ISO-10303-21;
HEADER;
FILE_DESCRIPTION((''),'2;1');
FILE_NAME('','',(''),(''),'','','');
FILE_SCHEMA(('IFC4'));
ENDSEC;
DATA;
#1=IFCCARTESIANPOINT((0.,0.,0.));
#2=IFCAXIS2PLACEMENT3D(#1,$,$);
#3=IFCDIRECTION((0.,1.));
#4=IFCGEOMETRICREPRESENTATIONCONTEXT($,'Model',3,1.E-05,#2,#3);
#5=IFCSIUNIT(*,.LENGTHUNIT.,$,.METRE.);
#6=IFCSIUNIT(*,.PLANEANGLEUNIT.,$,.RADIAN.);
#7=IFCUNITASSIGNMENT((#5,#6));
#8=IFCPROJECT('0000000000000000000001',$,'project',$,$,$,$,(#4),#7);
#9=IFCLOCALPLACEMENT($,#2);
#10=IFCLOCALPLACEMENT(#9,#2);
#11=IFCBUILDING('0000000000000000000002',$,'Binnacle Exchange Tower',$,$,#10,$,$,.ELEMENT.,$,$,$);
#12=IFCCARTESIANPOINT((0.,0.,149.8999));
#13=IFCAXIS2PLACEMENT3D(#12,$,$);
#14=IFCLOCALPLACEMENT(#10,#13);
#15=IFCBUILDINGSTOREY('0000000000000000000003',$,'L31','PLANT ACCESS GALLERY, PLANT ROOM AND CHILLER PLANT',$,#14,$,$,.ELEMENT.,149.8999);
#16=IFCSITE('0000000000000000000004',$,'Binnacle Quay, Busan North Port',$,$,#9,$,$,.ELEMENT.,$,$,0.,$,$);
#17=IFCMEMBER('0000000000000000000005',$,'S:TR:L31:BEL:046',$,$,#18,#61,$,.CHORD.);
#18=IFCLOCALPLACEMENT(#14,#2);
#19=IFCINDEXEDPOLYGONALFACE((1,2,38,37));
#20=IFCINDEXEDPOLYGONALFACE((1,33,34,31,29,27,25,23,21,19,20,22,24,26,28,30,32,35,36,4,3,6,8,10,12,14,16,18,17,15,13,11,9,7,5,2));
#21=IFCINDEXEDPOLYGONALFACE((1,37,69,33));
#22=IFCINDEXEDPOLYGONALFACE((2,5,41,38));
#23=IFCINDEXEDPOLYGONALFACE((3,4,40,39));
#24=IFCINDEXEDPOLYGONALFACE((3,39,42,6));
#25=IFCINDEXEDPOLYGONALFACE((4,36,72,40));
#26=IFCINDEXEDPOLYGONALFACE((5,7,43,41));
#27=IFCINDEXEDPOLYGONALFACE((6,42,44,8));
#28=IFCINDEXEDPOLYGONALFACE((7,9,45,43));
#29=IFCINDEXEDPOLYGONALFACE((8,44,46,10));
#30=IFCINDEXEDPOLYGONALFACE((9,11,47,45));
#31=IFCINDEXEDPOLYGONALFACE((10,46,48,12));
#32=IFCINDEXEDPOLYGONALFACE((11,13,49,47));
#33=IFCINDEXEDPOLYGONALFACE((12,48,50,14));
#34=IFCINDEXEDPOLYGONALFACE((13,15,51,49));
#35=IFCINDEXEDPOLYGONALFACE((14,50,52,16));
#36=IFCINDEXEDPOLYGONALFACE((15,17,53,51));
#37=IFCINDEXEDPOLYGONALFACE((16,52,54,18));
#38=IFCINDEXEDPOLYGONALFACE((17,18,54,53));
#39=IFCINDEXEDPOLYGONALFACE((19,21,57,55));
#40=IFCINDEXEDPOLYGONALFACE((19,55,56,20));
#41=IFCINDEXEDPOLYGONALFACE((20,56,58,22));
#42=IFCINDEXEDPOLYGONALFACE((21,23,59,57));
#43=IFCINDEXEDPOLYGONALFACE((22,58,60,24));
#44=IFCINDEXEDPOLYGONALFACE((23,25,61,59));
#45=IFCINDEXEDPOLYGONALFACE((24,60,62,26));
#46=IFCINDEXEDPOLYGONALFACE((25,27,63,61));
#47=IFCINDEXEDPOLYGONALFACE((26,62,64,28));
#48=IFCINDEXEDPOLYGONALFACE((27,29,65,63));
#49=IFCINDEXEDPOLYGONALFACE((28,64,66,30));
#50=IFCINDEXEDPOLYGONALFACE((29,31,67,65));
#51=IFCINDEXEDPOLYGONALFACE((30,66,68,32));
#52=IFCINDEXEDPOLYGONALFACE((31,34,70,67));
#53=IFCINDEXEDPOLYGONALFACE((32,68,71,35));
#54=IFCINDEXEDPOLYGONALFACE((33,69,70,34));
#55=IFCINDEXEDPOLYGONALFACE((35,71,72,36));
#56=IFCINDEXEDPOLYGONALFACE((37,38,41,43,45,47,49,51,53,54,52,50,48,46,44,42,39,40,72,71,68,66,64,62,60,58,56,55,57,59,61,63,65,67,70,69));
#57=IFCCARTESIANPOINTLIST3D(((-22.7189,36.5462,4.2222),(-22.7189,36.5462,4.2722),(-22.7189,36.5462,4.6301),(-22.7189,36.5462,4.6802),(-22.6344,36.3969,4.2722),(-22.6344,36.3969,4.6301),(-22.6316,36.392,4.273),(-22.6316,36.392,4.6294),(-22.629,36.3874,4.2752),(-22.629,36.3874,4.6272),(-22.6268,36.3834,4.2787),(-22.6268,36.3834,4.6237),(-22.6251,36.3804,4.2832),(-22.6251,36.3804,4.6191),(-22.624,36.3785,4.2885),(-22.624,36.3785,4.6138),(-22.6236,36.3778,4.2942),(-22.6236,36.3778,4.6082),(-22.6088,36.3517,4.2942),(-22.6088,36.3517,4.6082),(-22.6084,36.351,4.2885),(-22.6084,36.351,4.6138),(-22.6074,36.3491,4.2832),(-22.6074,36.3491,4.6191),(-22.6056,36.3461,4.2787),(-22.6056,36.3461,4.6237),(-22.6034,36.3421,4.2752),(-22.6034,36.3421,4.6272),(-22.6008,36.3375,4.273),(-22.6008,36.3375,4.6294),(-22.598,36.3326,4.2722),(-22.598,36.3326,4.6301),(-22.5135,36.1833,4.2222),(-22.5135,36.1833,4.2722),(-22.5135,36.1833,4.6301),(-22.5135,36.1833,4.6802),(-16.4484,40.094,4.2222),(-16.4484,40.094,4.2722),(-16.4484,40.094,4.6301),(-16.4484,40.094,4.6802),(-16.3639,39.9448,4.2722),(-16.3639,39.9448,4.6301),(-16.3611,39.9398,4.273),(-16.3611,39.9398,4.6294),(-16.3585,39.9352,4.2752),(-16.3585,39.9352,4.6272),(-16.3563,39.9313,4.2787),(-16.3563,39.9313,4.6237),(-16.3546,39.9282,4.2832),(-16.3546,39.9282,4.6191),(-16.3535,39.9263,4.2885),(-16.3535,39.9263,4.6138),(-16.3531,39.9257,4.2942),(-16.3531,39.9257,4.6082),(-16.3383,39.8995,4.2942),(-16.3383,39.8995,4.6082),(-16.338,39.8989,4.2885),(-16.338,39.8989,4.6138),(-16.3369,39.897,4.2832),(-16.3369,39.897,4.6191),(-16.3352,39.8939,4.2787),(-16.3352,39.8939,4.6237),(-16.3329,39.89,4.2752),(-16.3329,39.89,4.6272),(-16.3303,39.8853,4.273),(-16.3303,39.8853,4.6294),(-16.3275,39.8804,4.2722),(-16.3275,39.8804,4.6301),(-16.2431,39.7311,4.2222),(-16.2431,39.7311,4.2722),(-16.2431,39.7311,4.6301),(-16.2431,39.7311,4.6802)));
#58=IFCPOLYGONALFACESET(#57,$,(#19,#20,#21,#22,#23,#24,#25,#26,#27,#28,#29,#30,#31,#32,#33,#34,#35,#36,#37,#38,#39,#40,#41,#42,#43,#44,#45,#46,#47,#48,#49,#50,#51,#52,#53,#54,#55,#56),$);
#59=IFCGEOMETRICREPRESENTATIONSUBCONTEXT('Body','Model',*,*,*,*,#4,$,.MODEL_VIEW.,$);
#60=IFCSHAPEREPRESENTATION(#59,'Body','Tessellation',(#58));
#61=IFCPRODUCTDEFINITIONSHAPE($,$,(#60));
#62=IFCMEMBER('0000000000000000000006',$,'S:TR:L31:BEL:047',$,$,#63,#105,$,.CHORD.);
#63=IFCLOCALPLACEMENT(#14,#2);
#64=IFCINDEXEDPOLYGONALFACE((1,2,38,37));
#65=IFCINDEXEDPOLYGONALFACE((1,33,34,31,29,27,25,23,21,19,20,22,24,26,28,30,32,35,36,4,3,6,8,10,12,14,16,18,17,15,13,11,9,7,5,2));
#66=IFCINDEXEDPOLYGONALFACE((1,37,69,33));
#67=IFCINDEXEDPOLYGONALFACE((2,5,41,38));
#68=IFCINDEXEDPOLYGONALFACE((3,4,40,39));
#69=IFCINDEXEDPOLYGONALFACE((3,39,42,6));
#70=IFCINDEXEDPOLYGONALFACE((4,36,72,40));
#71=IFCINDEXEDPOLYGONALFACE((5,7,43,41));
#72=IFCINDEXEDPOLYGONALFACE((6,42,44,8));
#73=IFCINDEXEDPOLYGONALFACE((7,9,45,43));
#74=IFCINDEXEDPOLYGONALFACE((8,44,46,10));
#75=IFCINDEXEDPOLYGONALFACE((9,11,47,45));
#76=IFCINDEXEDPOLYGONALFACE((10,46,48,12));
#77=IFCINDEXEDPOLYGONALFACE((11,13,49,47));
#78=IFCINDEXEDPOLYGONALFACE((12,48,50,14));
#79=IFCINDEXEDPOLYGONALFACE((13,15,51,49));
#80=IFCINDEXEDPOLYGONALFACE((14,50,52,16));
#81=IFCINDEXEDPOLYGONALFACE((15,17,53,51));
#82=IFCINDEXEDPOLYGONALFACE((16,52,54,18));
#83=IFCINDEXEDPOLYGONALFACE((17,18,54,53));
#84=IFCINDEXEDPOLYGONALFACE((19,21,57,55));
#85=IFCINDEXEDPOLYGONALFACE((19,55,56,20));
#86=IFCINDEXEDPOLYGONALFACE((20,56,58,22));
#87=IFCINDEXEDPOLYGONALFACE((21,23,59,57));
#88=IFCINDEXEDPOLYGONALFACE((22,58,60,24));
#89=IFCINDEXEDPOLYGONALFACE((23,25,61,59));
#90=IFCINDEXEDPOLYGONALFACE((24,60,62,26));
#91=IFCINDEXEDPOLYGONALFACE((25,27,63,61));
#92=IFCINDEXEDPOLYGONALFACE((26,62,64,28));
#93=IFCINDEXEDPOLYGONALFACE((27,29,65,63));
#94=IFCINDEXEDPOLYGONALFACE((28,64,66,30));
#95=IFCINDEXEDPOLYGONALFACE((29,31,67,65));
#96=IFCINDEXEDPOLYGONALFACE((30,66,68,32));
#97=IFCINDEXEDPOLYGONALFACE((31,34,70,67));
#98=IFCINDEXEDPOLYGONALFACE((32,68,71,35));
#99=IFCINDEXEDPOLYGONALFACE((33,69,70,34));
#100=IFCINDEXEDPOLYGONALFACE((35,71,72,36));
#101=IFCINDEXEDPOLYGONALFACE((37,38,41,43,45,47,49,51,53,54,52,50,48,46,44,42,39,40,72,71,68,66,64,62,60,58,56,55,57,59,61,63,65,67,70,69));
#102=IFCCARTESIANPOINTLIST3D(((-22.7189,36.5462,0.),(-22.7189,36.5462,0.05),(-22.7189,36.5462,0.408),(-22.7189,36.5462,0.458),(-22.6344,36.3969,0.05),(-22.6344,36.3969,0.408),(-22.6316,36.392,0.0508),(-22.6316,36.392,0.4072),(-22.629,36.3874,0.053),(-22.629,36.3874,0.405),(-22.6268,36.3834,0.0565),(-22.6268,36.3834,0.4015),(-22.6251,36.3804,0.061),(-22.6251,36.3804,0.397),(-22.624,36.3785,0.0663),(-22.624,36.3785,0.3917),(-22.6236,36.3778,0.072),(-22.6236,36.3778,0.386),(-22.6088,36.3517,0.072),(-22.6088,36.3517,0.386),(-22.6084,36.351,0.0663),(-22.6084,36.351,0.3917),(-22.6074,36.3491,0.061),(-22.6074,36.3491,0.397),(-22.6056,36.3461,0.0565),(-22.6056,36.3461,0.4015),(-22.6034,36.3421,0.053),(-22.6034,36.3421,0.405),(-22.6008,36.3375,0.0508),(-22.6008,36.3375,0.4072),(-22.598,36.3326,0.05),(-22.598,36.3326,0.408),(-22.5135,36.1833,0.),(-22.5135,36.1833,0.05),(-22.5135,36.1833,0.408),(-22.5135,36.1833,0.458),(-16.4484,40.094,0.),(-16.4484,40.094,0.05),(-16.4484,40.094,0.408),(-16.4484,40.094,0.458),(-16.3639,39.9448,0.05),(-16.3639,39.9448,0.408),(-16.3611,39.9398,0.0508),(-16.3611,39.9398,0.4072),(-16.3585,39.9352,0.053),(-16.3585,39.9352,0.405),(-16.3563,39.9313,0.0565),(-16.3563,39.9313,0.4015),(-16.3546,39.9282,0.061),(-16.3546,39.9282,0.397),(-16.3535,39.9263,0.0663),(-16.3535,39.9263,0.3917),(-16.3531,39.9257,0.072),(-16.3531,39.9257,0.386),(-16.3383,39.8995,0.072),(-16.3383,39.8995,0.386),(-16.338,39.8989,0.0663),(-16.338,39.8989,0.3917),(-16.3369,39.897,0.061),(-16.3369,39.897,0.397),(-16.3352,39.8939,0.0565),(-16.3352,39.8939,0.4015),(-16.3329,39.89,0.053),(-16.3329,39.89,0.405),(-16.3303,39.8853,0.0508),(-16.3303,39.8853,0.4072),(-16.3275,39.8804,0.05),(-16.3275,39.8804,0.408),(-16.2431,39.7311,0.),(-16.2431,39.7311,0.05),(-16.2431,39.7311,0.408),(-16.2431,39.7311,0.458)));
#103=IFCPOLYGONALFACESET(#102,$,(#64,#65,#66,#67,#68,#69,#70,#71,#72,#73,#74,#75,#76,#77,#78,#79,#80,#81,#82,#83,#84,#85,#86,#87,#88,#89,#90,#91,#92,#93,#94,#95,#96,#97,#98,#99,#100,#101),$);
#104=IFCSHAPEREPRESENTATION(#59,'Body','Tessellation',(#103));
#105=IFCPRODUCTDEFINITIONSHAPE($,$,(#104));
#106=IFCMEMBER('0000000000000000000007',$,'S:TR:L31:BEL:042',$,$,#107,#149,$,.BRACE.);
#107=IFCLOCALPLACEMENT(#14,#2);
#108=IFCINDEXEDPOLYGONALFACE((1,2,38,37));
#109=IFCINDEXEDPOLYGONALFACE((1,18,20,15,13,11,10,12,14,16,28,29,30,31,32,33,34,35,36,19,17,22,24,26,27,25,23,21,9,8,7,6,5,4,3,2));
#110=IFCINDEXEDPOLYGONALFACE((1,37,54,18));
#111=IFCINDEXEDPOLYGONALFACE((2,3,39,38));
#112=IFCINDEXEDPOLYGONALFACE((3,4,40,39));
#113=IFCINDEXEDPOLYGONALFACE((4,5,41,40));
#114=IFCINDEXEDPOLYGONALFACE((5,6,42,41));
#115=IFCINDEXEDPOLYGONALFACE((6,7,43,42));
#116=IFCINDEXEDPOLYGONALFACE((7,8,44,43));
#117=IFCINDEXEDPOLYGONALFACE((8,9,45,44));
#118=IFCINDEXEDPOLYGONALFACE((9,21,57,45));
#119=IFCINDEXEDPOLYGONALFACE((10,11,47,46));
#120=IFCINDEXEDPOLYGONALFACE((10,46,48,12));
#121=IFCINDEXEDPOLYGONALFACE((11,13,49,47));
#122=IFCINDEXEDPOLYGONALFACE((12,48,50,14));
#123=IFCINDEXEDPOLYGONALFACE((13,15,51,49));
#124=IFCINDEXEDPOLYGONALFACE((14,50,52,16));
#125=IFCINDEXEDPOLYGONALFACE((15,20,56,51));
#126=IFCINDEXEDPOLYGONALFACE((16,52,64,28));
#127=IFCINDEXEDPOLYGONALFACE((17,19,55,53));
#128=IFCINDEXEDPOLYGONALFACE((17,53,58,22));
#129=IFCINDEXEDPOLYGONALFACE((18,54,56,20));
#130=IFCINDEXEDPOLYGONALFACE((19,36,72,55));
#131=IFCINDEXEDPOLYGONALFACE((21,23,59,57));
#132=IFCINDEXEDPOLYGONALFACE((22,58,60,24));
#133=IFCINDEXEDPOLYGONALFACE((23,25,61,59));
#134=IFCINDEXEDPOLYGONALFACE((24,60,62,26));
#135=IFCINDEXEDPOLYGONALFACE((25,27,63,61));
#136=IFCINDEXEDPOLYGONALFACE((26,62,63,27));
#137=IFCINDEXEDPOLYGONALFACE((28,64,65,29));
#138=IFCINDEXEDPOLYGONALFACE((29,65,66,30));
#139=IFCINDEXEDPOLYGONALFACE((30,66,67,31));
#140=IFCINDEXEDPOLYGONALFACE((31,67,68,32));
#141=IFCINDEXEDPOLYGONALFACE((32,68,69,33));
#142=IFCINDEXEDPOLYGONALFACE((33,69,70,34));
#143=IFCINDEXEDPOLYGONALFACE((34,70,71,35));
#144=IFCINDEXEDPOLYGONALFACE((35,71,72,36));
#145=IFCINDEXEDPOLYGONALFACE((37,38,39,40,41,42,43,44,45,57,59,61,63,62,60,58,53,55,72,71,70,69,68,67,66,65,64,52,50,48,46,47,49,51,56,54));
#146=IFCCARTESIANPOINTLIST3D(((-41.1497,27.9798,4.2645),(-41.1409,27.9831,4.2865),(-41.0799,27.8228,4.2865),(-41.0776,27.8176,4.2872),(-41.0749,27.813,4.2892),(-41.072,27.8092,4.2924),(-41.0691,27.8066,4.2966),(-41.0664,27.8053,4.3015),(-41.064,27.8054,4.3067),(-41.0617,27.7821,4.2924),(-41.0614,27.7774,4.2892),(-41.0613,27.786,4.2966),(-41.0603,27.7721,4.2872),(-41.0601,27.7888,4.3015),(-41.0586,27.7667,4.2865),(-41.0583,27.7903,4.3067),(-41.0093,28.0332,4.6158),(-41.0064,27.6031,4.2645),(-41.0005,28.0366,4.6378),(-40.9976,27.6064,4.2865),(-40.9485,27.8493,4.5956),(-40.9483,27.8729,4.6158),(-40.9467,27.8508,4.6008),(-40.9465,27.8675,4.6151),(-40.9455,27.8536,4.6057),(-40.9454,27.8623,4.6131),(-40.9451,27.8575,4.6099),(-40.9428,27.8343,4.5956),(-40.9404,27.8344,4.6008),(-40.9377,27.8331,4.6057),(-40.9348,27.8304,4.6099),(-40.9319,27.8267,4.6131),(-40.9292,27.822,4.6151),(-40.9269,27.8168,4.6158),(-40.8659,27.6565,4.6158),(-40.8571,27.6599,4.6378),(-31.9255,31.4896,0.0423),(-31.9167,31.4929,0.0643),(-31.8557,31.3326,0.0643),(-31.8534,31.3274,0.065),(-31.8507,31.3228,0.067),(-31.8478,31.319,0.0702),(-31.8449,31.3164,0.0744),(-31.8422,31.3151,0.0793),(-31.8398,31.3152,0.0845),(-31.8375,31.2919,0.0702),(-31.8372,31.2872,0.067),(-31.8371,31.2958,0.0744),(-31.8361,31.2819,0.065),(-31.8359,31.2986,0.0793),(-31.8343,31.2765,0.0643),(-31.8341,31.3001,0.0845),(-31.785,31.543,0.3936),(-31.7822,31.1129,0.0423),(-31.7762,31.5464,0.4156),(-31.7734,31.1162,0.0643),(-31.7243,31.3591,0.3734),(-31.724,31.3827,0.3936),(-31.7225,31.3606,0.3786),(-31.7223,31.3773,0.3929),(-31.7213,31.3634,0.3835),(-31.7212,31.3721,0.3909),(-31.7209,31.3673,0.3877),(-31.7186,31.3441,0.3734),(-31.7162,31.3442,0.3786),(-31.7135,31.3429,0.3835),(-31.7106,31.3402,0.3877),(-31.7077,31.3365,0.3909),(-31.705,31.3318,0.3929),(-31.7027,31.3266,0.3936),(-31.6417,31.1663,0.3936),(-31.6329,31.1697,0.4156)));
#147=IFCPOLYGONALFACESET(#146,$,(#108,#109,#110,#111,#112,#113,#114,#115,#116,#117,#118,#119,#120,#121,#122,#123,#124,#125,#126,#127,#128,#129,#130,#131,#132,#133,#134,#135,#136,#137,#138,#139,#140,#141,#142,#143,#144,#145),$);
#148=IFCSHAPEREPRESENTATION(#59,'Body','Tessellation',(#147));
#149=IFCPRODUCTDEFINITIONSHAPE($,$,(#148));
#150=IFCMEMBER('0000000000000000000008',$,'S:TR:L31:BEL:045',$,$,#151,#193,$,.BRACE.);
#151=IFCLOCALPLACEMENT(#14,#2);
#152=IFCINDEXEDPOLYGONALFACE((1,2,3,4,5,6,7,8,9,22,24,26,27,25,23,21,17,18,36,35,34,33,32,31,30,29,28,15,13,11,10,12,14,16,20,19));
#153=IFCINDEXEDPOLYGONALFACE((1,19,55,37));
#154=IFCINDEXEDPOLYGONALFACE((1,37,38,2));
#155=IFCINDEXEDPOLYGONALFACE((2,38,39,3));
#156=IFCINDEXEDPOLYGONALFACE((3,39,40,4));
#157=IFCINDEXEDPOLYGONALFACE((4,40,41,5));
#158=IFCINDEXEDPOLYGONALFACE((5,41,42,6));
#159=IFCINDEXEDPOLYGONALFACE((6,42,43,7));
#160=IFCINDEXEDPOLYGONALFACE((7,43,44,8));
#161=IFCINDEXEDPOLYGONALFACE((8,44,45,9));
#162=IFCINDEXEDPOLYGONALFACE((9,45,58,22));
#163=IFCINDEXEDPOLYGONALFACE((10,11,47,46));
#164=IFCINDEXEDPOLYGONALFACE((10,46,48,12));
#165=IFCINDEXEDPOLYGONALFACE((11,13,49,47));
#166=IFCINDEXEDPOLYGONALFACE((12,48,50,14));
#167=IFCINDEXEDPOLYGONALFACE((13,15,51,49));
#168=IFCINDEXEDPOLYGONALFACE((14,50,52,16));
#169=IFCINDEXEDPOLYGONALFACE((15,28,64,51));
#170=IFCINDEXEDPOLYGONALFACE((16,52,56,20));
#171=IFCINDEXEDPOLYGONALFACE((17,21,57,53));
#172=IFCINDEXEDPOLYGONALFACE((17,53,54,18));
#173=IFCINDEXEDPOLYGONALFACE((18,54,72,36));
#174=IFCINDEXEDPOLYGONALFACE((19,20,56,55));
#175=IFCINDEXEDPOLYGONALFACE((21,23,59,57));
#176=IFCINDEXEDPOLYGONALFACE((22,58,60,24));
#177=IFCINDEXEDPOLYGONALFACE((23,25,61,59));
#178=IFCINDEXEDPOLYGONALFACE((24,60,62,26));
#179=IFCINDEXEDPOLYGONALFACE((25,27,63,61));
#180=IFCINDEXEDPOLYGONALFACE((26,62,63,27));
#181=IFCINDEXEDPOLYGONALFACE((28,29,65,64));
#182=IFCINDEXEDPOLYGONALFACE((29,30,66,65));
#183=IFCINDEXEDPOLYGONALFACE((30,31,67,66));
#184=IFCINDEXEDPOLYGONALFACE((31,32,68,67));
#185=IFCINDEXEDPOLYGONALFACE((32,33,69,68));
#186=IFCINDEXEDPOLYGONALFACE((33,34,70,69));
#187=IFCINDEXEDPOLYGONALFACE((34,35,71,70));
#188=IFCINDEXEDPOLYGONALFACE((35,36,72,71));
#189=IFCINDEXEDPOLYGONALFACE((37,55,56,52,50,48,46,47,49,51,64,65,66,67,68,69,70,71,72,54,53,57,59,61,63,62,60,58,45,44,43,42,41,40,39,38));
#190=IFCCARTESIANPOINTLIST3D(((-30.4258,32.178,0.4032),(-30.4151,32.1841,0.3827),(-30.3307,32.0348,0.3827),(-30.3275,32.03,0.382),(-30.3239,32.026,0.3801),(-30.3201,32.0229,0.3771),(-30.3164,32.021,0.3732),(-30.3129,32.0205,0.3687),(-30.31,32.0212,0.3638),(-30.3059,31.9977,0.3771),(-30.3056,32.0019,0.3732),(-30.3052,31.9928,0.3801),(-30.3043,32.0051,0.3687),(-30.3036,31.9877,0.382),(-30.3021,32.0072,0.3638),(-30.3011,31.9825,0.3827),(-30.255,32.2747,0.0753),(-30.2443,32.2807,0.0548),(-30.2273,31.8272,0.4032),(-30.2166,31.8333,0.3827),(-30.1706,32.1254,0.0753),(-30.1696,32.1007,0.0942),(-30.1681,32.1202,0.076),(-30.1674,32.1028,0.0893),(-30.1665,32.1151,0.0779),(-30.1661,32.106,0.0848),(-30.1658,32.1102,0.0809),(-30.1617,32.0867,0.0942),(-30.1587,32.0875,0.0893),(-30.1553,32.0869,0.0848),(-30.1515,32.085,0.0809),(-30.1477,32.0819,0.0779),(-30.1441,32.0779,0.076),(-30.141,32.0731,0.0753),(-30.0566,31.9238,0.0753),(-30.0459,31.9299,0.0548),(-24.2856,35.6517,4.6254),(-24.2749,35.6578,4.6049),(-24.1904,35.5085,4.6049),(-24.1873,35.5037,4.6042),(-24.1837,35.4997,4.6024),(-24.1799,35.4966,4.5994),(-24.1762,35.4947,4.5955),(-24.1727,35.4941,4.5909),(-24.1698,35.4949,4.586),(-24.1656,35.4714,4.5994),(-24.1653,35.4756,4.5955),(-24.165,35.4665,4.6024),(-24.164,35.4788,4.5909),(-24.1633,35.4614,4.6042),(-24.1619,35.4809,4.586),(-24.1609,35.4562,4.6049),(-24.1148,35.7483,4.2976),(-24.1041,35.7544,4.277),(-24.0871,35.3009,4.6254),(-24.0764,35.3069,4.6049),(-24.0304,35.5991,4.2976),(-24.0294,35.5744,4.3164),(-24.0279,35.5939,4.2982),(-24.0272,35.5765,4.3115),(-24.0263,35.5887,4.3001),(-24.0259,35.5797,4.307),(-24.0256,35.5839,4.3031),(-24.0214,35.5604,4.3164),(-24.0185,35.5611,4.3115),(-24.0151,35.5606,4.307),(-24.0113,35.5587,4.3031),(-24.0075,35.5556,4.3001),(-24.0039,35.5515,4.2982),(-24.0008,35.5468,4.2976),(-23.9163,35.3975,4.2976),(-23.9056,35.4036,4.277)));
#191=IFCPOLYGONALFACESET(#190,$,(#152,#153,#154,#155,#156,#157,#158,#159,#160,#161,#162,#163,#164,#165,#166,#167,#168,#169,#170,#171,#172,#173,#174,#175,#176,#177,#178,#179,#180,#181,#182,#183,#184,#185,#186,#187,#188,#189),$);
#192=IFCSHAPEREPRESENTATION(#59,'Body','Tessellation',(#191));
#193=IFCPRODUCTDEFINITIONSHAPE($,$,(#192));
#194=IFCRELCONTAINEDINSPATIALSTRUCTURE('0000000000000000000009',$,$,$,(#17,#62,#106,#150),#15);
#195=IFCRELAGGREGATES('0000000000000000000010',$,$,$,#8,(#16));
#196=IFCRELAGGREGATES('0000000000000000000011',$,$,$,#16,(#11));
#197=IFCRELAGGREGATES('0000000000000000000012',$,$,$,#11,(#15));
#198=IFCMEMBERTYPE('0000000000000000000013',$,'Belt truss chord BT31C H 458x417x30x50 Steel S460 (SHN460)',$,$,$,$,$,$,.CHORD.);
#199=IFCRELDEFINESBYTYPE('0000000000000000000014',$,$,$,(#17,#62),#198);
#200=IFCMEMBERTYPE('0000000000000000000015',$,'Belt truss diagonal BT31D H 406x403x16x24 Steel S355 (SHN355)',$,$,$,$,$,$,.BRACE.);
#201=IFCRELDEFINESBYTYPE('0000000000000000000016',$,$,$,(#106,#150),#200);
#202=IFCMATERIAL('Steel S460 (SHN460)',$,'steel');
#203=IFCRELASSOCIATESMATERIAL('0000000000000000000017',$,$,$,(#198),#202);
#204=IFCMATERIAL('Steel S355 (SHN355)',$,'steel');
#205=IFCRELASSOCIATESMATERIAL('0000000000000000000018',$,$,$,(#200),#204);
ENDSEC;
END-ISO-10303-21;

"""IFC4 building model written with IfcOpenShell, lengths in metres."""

from ifc_helpers import new_model, si_unit, direction, frame, origin, origin_2d, place, context, subcontext, project, spatial, i_section, extrude, material, material_profile, profile_set, type_object, element, save


model = new_model("IFC4")

# Units and contexts
model_context = context("Model", 3, precision=1e-05, world=origin(), true_north=direction((0.0, 1.0)))
body_context = subcontext(model_context, "Body", "Model", "MODEL_VIEW")
ifc_project = project(units=[si_unit("LENGTHUNIT", "METRE"), si_unit("PLANEANGLEUNIT", "RADIAN")], contexts=[model_context])

# Site, building, storey
site_placement = place(None, origin())
site = spatial("IfcSite", under=ifc_project, at=site_placement, Name="Binnacle Quay, Busan North Port", CompositionType="ELEMENT", RefElevation=0.0)
building_placement = place(site_placement, origin())
building = spatial("IfcBuilding", under=site, at=building_placement, Name="Binnacle Exchange Tower", CompositionType="ELEMENT")
storey_placement = place(building_placement, frame((0.0, 0.0, 149.8999)))
storey = spatial("IfcBuildingStorey", under=building, at=storey_placement, Name="L31", Description="PLANT ACCESS GALLERY, PLANT ROOM AND CHILLER PLANT", CompositionType="ELEMENT", Elevation=149.8999)

# Members
ifc_material_1 = material(Name="Steel S460 (SHN460)", Category="steel")
ifc_material_profile_1 = material_profile(ifc_material_1, i_section(OverallWidth=0.417, OverallDepth=0.458, WebThickness=0.03, FlangeThickness=0.05, FilletRadius=0.022, at=origin_2d()), Name="H 458x417x30x50")
ifc_profile_set_1 = profile_set([ifc_material_profile_1], Name="Steel S460 (SHN460)")
member_type_1 = type_object("IfcMemberType", Name="Belt truss chord BT31C H 458x417x30x50 Steel S460 (SHN460)", PredefinedType="CHORD", material=ifc_profile_set_1)
for number, where, z_axis, x_axis, name in (
    (1, (-22.6162, 36.3647, 4.4512), (0.870346, 0.492441, 0.0), (-0.492441, 0.870346, 0.0), "S:TR:L31:BEL:046"),
    (2, (-22.6162, 36.3647, 0.229), (0.870346, 0.492441, 0.0), (-0.492441, 0.870346, 0.0), "S:TR:L31:BEL:047"),
):
    element("IfcMember", number, at=place(storey_placement, frame(where, z_axis=z_axis, x_axis=x_axis)), inside=storey, type_object=member_type_1, Name=name, PredefinedType="CHORD", context=body_context, shape_type="SweptSolid", body=[
        extrude(i_section(OverallWidth=0.417, OverallDepth=0.458, WebThickness=0.03, FlangeThickness=0.05, FilletRadius=0.022, at=origin_2d()), origin(), (0.0, 0.0, 1.0), 7.2046),
    ])
ifc_material_2 = material(Name="Steel S355 (SHN355)", Category="steel")
ifc_material_profile_2 = material_profile(ifc_material_2, i_section(OverallWidth=0.4031, OverallDepth=0.406, WebThickness=0.0161, FlangeThickness=0.0239, FilletRadius=0.022, at=origin_2d()), Name="H 406x403x16x24")
ifc_profile_set_2 = profile_set([ifc_material_profile_2], Name="Steel S355 (SHN355)")
member_type_2 = type_object("IfcMemberType", Name="Belt truss diagonal BT31D H 406x403x16x24 Steel S355 (SHN355)", PredefinedType="BRACE", material=ifc_profile_set_2)
member_1_placement = place(storey_placement, frame((-41.0034, 27.8198, 4.4512), z_axis=(0.859296, 0.326961, -0.393327), x_axis=(-0.355625, 0.934629, 0.0)))
element("IfcMember", 3, at=member_1_placement, inside=storey, type_object=member_type_2, Name="S:TR:L31:BEL:042", PredefinedType="BRACE", context=body_context, shape_type="SweptSolid", body=[
    extrude(i_section(OverallWidth=0.4031, OverallDepth=0.406, WebThickness=0.0161, FlangeThickness=0.0239, FilletRadius=0.022, at=origin_2d()), origin(), (0.0, 0.0, 1.0), 10.7346),
])
member_2_placement = place(storey_placement, frame((-30.2358, 32.054, 0.229), z_axis=(0.746833, 0.422503, 0.513548), x_axis=(-0.492392, 0.870373, 0.0)))
element("IfcMember", 4, at=member_2_placement, inside=storey, type_object=member_type_2, Name="S:TR:L31:BEL:045", PredefinedType="BRACE", context=body_context, shape_type="SweptSolid", body=[
    extrude(i_section(OverallWidth=0.4031, OverallDepth=0.406, WebThickness=0.0161, FlangeThickness=0.0239, FilletRadius=0.022, at=origin_2d()), origin(), (0.0, 0.0, 1.0), 8.2217),
])

save(model, "model.ifc")
